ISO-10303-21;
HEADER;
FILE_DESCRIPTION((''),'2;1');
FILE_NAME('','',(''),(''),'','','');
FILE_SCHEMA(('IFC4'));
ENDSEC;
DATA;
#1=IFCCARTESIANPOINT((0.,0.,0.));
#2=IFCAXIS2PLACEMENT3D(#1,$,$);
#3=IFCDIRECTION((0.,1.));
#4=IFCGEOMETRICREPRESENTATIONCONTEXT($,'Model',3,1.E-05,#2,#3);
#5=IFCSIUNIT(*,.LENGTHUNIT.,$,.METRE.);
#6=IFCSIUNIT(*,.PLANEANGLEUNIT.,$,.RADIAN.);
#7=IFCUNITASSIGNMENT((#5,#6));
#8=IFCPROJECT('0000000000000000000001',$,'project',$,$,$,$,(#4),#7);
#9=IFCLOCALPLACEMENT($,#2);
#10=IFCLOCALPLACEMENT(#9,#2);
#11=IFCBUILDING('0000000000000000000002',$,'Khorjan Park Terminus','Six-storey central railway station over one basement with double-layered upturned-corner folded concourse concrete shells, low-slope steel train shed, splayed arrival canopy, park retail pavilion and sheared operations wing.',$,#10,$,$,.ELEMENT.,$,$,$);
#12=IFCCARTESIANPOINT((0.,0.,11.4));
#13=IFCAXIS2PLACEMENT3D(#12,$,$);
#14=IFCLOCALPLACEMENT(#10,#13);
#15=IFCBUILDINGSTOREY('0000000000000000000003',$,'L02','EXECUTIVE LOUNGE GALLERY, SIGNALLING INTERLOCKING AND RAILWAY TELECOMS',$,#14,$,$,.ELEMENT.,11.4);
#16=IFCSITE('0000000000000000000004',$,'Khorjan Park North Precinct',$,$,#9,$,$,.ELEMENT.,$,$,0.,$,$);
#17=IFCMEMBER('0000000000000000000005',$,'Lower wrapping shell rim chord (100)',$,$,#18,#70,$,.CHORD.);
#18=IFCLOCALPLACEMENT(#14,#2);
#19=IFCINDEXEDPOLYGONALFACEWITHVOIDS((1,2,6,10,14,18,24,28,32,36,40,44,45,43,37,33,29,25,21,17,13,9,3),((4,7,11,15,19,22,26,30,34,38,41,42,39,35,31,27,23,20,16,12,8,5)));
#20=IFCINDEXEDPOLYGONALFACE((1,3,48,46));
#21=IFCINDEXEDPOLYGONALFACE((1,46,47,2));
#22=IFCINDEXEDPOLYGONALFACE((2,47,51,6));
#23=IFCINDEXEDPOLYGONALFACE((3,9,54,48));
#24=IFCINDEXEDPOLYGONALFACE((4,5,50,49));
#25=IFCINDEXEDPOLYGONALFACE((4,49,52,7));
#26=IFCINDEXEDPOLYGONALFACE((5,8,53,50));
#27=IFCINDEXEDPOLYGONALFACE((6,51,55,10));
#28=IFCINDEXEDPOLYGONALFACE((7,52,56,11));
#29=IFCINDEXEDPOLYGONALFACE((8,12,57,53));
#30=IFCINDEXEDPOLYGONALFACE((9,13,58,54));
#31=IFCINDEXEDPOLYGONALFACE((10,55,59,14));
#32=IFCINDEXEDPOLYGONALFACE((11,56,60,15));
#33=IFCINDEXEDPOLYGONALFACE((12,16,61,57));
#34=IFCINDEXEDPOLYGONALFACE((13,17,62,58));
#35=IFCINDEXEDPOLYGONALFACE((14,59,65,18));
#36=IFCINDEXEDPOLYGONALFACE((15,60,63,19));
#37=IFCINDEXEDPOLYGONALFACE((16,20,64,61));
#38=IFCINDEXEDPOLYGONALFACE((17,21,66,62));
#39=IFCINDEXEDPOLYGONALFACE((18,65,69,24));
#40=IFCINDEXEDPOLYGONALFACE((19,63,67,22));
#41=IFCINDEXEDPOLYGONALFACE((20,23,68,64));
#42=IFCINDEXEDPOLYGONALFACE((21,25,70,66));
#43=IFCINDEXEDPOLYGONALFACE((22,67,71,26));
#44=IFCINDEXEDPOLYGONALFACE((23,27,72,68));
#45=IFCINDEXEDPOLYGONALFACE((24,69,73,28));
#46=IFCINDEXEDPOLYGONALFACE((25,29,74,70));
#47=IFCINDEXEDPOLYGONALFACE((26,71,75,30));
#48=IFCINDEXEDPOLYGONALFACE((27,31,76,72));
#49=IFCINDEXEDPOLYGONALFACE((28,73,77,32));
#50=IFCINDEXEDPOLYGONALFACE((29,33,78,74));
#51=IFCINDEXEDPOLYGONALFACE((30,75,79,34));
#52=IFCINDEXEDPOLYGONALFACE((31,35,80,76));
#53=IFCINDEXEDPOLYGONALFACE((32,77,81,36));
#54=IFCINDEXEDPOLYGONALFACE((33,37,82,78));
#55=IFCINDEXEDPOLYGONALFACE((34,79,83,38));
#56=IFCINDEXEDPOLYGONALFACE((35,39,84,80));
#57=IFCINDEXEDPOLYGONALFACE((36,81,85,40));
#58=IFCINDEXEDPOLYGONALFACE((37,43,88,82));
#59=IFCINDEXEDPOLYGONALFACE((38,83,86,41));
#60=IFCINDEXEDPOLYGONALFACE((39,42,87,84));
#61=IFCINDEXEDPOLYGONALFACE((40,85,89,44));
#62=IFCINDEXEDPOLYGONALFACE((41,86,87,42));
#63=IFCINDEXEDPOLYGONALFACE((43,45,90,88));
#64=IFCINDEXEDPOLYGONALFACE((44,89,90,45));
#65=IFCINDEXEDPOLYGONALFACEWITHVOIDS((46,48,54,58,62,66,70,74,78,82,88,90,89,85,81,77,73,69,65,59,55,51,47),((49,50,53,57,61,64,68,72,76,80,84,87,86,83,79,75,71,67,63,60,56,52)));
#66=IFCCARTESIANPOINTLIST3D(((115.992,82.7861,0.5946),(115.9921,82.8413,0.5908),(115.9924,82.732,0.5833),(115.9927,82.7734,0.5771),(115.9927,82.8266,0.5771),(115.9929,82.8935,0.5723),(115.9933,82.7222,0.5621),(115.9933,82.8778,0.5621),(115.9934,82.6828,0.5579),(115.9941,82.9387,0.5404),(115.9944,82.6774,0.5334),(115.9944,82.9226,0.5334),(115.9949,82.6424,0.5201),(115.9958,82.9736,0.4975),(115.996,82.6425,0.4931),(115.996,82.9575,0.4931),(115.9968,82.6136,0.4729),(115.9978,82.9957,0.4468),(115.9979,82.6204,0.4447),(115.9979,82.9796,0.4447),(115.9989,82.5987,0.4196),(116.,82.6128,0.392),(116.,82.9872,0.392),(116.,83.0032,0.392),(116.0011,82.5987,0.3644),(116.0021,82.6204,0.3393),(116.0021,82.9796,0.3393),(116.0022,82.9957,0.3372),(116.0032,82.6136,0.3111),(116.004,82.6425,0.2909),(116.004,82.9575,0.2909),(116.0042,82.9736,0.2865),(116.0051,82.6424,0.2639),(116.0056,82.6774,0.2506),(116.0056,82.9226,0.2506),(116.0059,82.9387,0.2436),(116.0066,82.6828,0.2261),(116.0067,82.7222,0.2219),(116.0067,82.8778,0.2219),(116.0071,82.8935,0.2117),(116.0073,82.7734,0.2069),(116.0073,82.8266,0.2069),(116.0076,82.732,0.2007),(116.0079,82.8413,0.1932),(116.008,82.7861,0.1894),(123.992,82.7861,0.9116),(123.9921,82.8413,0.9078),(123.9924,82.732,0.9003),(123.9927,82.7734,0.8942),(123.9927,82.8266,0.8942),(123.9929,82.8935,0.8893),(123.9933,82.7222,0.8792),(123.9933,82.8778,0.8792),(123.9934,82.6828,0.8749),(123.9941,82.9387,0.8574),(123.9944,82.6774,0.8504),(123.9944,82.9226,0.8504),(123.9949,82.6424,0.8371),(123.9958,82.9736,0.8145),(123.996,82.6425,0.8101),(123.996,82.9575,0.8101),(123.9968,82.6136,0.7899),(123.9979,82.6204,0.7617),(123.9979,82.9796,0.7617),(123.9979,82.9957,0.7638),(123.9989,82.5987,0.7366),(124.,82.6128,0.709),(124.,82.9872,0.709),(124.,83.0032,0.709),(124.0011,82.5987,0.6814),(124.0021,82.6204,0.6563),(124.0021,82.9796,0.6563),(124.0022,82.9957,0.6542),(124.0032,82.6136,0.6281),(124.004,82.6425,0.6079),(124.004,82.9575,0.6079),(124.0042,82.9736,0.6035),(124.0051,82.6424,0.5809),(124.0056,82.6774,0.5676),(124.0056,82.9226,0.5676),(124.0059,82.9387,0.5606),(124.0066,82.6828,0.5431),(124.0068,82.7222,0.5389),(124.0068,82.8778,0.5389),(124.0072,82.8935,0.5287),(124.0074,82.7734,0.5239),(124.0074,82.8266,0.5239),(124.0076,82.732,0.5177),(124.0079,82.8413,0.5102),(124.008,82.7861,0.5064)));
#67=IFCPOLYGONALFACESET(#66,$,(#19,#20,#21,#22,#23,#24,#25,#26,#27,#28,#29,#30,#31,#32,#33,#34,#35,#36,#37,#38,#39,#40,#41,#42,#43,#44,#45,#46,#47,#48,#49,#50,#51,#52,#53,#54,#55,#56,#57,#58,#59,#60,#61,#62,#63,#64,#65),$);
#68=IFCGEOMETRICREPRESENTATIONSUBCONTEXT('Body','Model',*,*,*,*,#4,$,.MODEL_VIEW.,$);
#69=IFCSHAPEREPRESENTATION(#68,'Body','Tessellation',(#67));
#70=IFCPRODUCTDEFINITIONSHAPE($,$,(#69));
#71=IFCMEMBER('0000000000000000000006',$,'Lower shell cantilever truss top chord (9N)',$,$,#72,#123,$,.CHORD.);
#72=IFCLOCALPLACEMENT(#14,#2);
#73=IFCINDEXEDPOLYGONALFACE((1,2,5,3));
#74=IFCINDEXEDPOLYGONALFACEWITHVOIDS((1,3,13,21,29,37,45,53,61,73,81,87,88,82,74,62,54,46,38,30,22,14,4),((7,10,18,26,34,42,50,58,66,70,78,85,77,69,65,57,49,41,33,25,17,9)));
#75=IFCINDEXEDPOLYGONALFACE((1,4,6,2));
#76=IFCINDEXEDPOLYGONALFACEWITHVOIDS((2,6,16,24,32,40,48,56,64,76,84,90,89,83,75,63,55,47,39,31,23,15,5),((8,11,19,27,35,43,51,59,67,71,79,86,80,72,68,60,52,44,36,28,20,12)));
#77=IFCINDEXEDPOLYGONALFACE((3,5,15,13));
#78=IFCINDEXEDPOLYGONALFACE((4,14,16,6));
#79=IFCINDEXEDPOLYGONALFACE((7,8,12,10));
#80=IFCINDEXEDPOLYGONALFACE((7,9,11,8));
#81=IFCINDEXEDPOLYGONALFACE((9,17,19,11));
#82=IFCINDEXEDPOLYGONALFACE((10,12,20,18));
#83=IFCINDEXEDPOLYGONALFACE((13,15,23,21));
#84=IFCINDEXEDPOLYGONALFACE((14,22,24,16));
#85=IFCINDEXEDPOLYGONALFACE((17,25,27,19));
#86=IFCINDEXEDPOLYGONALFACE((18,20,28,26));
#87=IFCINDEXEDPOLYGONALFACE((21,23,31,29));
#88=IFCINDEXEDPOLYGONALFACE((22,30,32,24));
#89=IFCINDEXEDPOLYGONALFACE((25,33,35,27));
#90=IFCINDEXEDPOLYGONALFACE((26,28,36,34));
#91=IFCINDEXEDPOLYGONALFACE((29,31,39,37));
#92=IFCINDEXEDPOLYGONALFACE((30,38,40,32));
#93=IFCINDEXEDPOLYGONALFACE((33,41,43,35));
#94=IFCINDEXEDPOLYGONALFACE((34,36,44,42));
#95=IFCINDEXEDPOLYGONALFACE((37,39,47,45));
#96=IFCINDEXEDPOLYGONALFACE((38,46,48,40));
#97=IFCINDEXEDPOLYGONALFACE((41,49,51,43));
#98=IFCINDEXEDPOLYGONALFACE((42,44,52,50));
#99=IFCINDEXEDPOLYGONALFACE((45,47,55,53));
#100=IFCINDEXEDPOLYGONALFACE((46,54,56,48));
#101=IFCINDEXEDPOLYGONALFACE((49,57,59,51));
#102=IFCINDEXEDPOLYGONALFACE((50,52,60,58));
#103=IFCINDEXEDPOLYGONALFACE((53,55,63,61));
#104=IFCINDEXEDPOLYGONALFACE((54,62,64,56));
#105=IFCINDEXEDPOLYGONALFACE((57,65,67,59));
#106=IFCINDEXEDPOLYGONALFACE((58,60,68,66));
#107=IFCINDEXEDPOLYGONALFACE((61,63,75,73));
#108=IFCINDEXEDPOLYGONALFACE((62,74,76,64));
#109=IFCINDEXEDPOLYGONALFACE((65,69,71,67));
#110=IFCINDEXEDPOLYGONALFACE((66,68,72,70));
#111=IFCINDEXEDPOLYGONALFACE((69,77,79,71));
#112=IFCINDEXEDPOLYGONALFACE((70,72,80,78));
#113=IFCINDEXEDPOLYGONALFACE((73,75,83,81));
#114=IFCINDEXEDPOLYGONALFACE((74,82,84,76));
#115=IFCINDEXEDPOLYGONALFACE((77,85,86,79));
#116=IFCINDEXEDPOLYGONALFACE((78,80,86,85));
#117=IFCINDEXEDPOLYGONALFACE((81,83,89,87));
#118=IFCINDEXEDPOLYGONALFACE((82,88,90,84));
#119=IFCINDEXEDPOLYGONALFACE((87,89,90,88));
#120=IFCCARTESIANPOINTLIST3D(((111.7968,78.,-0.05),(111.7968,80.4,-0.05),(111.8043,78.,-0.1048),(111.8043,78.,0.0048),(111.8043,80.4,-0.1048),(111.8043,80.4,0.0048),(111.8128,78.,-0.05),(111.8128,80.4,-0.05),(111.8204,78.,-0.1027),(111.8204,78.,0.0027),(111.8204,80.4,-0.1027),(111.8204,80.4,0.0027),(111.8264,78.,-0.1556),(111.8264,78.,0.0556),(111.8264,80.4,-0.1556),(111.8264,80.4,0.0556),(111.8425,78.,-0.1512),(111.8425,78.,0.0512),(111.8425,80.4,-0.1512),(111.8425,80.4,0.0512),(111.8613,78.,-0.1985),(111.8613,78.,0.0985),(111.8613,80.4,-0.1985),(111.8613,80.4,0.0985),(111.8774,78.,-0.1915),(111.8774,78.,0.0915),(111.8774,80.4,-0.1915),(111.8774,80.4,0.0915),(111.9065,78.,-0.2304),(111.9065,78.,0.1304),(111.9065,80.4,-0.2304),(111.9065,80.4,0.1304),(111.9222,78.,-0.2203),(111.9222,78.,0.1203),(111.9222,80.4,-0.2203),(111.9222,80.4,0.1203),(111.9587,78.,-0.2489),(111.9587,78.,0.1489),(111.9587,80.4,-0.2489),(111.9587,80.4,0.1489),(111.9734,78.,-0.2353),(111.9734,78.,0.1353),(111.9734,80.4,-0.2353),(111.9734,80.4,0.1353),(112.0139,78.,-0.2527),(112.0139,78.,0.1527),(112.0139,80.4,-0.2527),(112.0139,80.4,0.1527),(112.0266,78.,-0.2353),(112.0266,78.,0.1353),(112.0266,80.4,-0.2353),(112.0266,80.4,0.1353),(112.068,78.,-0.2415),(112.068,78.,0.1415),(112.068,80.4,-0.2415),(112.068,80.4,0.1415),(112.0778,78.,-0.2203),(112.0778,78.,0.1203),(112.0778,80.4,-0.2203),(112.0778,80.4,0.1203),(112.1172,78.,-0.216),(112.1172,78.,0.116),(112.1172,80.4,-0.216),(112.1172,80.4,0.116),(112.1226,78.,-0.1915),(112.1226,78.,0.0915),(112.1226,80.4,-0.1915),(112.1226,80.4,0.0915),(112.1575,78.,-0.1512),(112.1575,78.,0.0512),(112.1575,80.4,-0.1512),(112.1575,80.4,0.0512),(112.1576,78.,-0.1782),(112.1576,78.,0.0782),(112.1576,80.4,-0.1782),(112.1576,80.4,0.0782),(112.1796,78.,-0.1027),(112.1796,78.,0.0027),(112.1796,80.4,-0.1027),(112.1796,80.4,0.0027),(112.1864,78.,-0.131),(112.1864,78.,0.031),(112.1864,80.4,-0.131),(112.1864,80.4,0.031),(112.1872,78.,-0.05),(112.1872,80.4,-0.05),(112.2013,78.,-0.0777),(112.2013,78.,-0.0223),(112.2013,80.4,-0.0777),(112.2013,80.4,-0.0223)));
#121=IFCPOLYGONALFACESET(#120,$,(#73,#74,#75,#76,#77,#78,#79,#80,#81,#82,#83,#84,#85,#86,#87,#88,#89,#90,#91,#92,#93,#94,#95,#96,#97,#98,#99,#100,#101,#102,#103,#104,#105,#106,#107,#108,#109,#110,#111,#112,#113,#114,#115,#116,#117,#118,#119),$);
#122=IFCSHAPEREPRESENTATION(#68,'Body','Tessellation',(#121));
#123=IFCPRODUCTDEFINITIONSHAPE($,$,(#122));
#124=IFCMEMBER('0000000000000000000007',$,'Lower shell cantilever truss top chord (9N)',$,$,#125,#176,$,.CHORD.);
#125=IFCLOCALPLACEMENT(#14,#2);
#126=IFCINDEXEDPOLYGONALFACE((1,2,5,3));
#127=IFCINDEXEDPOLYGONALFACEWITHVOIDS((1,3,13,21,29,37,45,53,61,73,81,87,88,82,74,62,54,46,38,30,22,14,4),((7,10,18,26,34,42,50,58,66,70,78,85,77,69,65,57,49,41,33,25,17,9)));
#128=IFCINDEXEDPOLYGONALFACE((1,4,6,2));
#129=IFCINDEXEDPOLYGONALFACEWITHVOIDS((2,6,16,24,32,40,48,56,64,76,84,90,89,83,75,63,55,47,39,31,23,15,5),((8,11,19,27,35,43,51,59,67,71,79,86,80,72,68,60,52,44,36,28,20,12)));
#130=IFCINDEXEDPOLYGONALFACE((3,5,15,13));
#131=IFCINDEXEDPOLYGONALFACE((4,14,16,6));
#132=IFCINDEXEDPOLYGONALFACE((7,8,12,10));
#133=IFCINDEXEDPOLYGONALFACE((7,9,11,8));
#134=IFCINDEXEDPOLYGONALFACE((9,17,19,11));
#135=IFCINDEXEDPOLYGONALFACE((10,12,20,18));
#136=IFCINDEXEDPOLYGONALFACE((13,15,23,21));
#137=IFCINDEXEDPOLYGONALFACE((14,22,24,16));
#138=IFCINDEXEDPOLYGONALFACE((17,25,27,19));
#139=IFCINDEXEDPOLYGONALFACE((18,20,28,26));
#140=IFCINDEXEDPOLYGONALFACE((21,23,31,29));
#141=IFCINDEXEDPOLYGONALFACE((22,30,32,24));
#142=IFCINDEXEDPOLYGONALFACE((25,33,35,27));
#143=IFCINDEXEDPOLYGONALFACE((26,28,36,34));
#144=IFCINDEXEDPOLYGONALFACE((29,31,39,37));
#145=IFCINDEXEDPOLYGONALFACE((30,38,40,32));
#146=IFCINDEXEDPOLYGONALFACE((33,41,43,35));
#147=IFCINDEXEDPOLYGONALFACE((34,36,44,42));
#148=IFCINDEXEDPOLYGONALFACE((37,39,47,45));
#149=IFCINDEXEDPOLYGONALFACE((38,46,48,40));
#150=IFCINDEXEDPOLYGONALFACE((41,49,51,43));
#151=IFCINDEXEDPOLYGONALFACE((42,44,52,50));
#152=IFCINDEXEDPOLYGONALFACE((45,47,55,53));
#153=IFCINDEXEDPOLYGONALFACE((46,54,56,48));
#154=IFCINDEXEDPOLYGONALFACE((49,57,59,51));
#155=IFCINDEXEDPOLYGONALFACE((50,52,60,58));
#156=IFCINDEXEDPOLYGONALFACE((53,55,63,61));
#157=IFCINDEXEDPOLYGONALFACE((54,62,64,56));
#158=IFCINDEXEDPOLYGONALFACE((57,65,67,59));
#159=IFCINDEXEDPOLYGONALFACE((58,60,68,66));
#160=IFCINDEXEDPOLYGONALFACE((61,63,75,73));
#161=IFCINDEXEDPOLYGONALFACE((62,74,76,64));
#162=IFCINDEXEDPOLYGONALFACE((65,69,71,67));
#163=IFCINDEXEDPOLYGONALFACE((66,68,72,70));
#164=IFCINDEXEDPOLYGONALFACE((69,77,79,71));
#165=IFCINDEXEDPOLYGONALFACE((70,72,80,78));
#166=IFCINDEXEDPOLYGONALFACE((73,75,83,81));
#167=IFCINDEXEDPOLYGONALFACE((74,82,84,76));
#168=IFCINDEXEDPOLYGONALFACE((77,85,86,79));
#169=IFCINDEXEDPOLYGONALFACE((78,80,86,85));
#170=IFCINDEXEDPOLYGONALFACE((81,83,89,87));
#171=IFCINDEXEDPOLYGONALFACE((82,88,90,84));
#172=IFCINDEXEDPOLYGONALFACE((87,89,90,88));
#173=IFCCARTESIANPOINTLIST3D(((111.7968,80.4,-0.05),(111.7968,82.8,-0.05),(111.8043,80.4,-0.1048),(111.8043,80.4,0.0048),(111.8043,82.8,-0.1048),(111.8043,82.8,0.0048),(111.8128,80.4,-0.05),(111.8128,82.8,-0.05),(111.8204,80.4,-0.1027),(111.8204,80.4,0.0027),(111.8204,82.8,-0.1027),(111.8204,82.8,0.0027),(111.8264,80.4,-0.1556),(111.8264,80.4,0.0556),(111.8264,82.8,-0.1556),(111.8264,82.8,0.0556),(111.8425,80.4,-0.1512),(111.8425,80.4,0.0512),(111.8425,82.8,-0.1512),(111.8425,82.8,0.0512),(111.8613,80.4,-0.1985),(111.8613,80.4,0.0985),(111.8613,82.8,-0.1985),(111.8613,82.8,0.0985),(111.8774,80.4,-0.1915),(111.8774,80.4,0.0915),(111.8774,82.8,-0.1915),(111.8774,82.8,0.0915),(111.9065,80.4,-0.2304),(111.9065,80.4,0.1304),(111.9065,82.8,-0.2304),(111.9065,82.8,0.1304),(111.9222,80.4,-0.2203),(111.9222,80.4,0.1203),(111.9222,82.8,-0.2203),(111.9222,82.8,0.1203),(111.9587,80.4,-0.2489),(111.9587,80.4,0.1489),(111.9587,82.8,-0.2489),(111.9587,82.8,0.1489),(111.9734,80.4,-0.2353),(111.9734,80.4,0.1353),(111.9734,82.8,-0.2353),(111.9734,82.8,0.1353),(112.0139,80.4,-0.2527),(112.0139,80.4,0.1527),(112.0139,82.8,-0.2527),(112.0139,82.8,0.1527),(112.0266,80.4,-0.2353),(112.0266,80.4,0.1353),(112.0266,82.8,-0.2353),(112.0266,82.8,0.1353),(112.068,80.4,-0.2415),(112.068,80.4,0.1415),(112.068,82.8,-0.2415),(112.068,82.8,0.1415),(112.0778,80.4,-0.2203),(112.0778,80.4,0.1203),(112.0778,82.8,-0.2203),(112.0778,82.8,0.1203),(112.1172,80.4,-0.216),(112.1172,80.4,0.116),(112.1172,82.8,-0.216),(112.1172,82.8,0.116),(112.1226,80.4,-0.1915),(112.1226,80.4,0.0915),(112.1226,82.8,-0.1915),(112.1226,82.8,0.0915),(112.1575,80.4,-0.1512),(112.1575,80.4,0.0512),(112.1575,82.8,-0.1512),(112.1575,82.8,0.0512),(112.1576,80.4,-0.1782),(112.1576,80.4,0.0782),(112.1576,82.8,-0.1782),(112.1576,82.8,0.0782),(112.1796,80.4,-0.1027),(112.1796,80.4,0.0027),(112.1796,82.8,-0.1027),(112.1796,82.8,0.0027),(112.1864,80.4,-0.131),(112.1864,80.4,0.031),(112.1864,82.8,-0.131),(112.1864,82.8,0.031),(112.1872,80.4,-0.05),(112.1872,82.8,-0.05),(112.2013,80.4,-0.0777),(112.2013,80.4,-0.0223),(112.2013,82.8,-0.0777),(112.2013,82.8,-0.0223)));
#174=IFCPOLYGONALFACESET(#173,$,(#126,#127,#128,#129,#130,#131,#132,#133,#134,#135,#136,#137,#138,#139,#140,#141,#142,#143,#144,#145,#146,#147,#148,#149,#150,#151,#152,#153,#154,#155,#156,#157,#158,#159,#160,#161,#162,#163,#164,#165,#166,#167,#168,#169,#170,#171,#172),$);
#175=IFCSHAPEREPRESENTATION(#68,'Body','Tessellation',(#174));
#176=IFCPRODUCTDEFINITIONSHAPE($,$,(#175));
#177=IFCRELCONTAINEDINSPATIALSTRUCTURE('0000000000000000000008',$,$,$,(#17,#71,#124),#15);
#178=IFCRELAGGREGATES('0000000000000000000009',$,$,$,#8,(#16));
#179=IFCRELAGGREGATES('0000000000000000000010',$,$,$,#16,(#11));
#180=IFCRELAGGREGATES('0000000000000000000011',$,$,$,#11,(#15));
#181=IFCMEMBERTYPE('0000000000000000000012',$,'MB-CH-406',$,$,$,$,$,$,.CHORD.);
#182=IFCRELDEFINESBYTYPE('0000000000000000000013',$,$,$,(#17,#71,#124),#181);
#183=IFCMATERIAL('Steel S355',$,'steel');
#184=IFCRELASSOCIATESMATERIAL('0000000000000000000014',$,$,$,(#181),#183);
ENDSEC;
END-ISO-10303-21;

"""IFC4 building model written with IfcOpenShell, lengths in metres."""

from ifc_helpers import new_model, si_unit, direction, frame, origin, origin_2d, place, context, subcontext, project, spatial, hollow_circle, extrude, material, material_profile, profile_set, type_object, element, save


model = new_model("IFC4")

# Units and contexts
model_context = context("Model", 3, precision=1e-05, world=origin(), true_north=direction((0.0, 1.0)))
body_context = subcontext(model_context, "Body", "Model", "MODEL_VIEW")
ifc_project = project(units=[si_unit("LENGTHUNIT", "METRE"), si_unit("PLANEANGLEUNIT", "RADIAN")], contexts=[model_context])

# Site, building, storey
site_placement = place(None, origin())
site = spatial("IfcSite", under=ifc_project, at=site_placement, Name="Khorjan Park North Precinct", CompositionType="ELEMENT", RefElevation=0.0)
building_placement = place(site_placement, origin())
building = spatial("IfcBuilding", under=site, at=building_placement, Name="Khorjan Park Terminus", Description="Six-storey central railway station over one basement with double-layered upturned-corner folded concourse concrete shells, low-slope steel train shed, splayed arrival canopy, park retail pavilion and sheared operations wing.", CompositionType="ELEMENT")
storey_placement = place(building_placement, frame((0.0, 0.0, 11.4)))
storey = spatial("IfcBuildingStorey", under=building, at=storey_placement, Name="L02", Description="EXECUTIVE LOUNGE GALLERY, SIGNALLING INTERLOCKING AND RAILWAY TELECOMS", CompositionType="ELEMENT", Elevation=11.4)

# Members
ifc_material_1 = material(Name="Steel S355", Category="steel")
ifc_material_profile_1 = material_profile(ifc_material_1, hollow_circle(Radius=0.2032, WallThickness=0.016, at=origin_2d()), Name="CHS 406.4x16")
ifc_profile_set_1 = profile_set([ifc_material_profile_1], Name="Steel S355")
member_type_1 = type_object("IfcMemberType", Name="MB-CH-406", PredefinedType="CHORD", material=ifc_profile_set_1)
member_1_placement = place(storey_placement, frame((116.0, 82.8, 0.392), z_axis=(0.999216, 0.0, 0.039594), x_axis=(0.0, 1.0, 0.0)))
element("IfcMember", 1, at=member_1_placement, inside=storey, type_object=member_type_1, Name="Lower wrapping shell rim chord (100)", PredefinedType="CHORD", context=body_context, shape_type="SweptSolid", body=[
    extrude(hollow_circle(Radius=0.2032, WallThickness=0.016, at=origin_2d()), origin(), (0.0, 0.0, 1.0), 8.0063),
])
for number, where, z_axis, x_axis, name in (
    (2, (112.0, 78.0, -0.05), (0.0, 1.0, 0.0), (-1.0, 0.0, 0.0), "Lower shell cantilever truss top chord (9N)"),
    (3, (112.0, 80.4, -0.05), (0.0, 1.0, 0.0), (-1.0, 0.0, 0.0), "Lower shell cantilever truss top chord (9N)"),
):
    element("IfcMember", number, at=place(storey_placement, frame(where, z_axis=z_axis, x_axis=x_axis)), inside=storey, type_object=member_type_1, Name=name, PredefinedType="CHORD", context=body_context, shape_type="SweptSolid", body=[
        extrude(hollow_circle(Radius=0.2032, WallThickness=0.016, at=origin_2d()), origin(), (0.0, 0.0, 1.0), 2.4),
    ])

save(model, "model.ifc")
